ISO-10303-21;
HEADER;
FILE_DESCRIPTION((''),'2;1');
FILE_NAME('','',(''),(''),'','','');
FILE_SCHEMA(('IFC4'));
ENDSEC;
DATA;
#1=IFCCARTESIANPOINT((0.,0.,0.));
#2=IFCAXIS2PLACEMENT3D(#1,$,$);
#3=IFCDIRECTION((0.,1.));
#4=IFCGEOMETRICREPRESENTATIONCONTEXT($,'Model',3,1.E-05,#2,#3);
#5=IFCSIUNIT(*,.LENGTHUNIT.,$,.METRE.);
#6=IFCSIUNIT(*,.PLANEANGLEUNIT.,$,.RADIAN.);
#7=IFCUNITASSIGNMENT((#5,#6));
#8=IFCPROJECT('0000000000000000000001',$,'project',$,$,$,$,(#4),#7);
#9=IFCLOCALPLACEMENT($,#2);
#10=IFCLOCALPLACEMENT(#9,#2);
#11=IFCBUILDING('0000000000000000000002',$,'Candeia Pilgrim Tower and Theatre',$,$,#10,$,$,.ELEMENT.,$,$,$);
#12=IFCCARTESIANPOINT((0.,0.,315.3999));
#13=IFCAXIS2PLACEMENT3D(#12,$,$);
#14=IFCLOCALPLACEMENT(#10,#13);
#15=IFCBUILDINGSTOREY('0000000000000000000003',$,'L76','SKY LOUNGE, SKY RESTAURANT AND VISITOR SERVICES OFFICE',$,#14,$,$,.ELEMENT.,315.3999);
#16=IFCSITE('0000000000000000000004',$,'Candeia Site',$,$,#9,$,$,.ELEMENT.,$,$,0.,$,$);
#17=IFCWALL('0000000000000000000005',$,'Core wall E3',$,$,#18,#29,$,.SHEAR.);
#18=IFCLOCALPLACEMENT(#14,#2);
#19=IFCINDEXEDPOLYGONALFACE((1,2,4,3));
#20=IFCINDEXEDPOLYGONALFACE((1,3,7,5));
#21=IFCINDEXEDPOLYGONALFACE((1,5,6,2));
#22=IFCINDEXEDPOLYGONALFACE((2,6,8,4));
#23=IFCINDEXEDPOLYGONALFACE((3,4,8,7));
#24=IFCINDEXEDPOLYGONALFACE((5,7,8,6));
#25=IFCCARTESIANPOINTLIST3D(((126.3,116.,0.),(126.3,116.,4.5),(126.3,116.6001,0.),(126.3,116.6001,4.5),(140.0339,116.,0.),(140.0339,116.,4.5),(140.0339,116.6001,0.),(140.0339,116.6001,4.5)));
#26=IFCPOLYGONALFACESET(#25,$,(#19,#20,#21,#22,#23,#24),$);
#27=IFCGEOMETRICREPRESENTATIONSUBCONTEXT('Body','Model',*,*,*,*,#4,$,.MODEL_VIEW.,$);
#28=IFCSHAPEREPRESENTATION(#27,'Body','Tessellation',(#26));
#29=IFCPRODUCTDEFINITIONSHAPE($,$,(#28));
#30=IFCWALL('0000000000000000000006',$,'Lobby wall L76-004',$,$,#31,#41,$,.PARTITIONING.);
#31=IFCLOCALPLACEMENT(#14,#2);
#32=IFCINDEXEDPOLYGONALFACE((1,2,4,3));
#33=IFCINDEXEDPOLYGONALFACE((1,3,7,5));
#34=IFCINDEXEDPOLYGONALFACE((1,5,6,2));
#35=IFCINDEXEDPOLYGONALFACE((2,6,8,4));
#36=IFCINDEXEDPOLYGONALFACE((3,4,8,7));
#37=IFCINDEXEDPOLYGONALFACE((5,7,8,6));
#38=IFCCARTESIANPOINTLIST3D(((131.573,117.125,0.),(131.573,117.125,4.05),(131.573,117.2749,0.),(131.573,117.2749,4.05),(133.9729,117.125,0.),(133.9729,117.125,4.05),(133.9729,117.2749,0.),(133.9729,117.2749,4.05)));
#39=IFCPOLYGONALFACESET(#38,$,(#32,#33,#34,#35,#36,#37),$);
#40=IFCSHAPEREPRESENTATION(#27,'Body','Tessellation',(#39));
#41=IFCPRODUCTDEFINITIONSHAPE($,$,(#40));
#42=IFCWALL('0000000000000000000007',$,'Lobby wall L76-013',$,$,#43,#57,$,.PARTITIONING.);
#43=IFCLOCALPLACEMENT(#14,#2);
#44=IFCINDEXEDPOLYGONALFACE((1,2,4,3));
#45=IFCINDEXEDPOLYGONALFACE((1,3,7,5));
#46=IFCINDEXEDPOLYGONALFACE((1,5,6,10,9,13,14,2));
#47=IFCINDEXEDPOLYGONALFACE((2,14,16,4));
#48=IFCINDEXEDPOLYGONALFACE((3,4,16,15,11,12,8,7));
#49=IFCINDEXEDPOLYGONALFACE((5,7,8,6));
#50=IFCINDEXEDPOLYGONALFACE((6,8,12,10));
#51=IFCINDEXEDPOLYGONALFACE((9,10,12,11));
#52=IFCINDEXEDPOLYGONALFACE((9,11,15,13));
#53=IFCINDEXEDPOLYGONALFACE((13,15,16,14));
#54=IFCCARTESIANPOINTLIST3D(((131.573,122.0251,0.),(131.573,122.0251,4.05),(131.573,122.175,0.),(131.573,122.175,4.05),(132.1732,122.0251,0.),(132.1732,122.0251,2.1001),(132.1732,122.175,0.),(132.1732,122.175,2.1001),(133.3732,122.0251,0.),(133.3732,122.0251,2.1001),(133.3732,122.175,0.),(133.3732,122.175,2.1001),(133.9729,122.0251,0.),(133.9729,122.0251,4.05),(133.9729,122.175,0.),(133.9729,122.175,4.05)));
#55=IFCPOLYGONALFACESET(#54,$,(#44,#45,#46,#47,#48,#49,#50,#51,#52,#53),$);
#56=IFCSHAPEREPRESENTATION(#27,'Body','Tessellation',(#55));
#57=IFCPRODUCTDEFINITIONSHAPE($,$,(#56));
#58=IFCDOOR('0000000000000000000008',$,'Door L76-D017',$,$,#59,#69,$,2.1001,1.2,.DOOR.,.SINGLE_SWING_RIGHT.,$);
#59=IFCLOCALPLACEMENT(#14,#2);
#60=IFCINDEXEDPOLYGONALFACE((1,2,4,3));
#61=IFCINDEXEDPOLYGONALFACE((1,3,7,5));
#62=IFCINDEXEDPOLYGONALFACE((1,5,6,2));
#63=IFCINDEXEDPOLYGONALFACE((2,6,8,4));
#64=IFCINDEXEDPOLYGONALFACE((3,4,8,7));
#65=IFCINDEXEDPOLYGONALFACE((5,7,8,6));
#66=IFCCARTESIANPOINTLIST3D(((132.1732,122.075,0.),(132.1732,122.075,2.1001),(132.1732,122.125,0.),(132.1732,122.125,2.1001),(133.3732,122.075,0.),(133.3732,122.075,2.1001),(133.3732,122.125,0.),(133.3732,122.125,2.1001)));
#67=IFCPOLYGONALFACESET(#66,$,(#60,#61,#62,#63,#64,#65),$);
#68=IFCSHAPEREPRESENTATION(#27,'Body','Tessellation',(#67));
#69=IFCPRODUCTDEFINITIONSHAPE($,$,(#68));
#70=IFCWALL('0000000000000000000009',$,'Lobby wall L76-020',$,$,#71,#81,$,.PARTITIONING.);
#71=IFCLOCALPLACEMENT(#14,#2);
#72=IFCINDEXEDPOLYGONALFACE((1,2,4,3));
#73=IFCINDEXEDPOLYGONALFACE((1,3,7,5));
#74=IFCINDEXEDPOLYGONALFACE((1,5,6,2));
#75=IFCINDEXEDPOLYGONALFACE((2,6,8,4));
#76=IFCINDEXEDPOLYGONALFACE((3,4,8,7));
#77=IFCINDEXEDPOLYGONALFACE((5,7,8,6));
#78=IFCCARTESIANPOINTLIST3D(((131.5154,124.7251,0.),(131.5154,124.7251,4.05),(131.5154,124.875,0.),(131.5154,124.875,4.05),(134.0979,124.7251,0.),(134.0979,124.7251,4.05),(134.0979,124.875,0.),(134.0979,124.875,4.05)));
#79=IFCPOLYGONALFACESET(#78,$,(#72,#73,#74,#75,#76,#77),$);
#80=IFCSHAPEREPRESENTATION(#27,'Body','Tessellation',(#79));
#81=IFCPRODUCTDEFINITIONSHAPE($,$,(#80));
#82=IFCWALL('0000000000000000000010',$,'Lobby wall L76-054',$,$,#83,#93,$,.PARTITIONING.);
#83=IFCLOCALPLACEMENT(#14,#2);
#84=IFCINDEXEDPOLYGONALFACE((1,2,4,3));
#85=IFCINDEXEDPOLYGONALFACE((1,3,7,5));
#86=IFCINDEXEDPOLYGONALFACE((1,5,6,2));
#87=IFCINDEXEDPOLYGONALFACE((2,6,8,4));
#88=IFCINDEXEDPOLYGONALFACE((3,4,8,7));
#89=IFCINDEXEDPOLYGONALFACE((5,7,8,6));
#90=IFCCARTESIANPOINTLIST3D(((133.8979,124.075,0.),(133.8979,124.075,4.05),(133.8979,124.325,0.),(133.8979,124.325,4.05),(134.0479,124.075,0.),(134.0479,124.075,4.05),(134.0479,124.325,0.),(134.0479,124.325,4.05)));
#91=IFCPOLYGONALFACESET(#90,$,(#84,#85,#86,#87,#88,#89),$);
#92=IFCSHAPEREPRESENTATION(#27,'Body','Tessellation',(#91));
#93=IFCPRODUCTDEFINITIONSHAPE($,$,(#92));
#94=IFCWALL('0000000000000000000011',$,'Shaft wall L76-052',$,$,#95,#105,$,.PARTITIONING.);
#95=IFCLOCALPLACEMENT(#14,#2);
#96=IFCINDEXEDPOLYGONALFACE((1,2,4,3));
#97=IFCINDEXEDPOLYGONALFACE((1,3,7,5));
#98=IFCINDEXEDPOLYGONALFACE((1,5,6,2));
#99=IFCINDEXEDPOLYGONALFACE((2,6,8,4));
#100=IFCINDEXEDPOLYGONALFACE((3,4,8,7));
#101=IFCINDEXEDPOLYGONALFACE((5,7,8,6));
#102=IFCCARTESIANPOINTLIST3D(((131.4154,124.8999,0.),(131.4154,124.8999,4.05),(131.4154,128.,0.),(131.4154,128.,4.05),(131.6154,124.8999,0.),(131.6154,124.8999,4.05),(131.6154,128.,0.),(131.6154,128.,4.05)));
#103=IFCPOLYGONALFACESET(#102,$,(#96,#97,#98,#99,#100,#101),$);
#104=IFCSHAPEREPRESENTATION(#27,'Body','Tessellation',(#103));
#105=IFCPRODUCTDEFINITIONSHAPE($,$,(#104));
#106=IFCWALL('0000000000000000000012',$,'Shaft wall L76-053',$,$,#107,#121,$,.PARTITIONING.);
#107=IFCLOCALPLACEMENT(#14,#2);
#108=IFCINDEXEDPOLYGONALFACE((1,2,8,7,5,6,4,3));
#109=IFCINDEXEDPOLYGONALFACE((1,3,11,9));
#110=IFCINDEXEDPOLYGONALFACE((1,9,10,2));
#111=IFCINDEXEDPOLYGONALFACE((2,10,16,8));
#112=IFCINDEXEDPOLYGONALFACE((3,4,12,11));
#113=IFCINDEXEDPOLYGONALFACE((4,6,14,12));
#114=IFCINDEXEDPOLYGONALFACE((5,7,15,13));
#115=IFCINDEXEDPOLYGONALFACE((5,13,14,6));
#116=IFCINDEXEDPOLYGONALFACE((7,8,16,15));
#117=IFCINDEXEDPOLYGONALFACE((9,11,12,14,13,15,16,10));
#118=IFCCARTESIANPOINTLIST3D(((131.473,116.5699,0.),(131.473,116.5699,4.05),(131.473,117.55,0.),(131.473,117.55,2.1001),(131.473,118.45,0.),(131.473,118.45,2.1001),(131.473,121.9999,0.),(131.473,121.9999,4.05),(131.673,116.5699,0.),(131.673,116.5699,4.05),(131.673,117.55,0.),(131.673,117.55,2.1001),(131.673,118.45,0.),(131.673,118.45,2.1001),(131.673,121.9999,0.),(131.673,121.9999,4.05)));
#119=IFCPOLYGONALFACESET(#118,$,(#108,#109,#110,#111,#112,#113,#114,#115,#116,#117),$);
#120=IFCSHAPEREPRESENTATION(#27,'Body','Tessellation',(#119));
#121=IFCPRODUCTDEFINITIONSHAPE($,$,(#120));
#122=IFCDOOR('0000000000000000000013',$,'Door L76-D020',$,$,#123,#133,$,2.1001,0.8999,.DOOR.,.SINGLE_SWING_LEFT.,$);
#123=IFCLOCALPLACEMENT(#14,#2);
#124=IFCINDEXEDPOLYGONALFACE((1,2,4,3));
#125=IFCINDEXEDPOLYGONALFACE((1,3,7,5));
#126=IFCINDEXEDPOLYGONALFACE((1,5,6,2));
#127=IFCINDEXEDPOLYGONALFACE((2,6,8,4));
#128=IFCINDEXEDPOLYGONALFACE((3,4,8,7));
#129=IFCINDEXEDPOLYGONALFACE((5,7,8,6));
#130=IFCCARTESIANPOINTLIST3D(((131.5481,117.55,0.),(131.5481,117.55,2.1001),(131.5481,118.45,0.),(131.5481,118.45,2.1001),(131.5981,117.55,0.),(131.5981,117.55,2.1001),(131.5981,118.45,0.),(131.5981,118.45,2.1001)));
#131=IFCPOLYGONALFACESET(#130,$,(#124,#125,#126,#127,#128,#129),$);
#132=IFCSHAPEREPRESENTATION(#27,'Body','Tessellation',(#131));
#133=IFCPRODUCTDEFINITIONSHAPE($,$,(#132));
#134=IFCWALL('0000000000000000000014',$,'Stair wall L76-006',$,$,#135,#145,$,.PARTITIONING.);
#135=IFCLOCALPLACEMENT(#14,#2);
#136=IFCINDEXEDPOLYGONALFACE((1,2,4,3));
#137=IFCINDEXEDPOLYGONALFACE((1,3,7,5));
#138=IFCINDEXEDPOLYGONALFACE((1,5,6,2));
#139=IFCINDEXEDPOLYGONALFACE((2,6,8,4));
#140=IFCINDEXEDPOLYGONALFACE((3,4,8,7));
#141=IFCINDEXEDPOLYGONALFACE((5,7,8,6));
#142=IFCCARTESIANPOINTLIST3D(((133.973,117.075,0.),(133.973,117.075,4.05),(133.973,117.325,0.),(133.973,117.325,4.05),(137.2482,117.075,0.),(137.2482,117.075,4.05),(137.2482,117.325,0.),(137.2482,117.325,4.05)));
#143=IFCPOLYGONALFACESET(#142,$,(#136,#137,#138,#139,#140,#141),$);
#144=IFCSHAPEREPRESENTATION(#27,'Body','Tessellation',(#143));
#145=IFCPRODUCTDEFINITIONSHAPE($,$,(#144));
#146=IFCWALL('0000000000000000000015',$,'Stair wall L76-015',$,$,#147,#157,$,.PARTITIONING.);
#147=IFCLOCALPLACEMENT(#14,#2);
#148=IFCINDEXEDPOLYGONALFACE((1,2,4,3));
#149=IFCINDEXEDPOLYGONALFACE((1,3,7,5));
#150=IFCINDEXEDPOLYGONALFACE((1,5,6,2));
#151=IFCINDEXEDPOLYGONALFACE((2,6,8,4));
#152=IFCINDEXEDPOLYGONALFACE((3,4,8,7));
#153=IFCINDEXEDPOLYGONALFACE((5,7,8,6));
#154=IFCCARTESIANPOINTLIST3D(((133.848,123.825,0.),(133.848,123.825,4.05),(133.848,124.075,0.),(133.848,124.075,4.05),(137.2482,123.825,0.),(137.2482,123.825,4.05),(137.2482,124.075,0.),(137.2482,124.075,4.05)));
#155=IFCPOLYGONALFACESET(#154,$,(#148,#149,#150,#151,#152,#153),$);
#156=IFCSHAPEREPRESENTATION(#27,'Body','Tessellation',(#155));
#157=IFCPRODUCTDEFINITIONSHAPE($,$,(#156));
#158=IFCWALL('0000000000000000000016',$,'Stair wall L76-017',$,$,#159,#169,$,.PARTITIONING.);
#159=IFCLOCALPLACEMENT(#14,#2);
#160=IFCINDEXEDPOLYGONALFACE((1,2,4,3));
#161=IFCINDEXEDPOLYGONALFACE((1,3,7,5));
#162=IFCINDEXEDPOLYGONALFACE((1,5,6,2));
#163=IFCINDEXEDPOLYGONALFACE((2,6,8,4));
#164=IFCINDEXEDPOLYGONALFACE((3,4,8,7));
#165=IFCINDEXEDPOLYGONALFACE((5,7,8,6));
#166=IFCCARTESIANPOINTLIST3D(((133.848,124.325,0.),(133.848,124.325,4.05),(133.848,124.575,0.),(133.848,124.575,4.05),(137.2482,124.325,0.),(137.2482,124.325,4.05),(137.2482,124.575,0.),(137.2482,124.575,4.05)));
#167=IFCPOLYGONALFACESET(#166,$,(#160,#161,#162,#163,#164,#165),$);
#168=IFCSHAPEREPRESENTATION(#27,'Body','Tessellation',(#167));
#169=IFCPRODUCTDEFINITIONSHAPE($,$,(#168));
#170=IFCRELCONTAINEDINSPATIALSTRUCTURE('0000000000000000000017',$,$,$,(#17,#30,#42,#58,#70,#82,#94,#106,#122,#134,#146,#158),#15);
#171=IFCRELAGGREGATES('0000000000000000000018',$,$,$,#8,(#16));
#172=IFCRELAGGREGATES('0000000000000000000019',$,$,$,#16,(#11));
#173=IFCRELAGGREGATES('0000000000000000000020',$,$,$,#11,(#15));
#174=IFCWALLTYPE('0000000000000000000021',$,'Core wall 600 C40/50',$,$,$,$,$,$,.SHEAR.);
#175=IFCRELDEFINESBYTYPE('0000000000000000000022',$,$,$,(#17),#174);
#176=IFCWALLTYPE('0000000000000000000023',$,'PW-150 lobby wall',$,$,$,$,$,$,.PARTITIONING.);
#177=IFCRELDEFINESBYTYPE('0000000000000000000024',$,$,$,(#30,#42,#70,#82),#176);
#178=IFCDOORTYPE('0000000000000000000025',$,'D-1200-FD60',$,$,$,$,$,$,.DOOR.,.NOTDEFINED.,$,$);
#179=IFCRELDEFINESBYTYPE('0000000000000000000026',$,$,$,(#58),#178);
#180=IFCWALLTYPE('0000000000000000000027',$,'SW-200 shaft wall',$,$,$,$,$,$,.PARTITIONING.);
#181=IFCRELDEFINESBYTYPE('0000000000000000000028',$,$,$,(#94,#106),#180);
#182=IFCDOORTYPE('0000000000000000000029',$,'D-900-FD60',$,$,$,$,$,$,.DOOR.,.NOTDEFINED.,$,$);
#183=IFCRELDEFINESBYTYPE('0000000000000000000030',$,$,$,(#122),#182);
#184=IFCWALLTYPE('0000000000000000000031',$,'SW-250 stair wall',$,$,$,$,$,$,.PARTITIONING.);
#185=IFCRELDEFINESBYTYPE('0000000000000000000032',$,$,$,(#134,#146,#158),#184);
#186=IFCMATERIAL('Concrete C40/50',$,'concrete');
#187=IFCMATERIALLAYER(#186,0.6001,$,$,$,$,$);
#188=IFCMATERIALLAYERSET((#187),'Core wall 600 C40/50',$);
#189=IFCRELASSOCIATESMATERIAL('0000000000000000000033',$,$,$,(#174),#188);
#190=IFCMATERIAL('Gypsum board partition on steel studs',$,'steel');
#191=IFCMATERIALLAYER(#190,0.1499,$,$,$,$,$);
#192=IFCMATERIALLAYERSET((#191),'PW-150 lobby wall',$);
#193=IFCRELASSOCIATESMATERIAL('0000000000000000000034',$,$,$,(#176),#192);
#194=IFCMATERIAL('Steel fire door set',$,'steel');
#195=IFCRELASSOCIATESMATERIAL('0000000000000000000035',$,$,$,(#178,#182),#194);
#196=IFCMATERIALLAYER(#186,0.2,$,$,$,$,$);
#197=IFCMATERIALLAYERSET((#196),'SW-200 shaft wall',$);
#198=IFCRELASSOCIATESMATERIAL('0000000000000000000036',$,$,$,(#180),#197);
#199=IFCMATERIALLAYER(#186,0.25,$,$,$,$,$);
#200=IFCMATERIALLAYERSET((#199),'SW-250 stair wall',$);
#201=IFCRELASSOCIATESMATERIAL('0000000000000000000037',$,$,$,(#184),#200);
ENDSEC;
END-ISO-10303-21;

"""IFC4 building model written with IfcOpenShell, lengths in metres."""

from ifc_helpers import new_model, si_unit, direction, frame, frame_2d, origin, place, context, subcontext, project, spatial, rectangle, extrude, material, layer, layer_set, type_object, element, fill, save


model = new_model("IFC4")

# Units and contexts
model_context = context("Model", 3, precision=1e-05, world=origin(), true_north=direction((0.0, 1.0)))
body_context = subcontext(model_context, "Body", "Model", "MODEL_VIEW")
ifc_project = project(units=[si_unit("LENGTHUNIT", "METRE"), si_unit("PLANEANGLEUNIT", "RADIAN")], contexts=[model_context])

# Site, building, storey
site_placement = place(None, origin())
site = spatial("IfcSite", under=ifc_project, at=site_placement, Name="Candeia Site", CompositionType="ELEMENT", RefElevation=0.0)
building_placement = place(site_placement, origin())
building = spatial("IfcBuilding", under=site, at=building_placement, Name="Candeia Pilgrim Tower and Theatre", CompositionType="ELEMENT")
storey_placement = place(building_placement, frame((0.0, 0.0, 315.3999)))
storey = spatial("IfcBuildingStorey", under=building, at=storey_placement, Name="L76", Description="SKY LOUNGE, SKY RESTAURANT AND VISITOR SERVICES OFFICE", CompositionType="ELEMENT", Elevation=315.3999)

# Walls
ifc_material_1 = material(Name="Concrete C40/50", Category="concrete")
ifc_layer_1 = layer(ifc_material_1, 0.6001)
ifc_layer_set_1 = layer_set([ifc_layer_1], Name="Core wall 600 C40/50")
wall_type_1 = type_object("IfcWallType", Name="Core wall 600 C40/50", PredefinedType="SHEAR", material=ifc_layer_set_1)
wall_1_placement = place(storey_placement, frame((140.0339, 116.3, 0.0), z_axis=(0.0, 0.0, 1.0), x_axis=(-1.0, 0.0, 0.0)))
element("IfcWall", 1, at=wall_1_placement, inside=storey, type_object=wall_type_1, Name="Core wall E3", PredefinedType="SHEAR", context=body_context, shape_type="SweptSolid", body=[
    extrude(rectangle(XDim=13.7339, YDim=0.6001, at=frame_2d((6.8669, 0.0))), origin(), (0.0, 0.0, 1.0), 4.5),
])
ifc_material_2 = material(Name="Gypsum board partition on steel studs", Category="steel")
ifc_layer_2 = layer(ifc_material_2, 0.1499)
ifc_layer_set_2 = layer_set([ifc_layer_2], Name="PW-150 lobby wall")
wall_type_2 = type_object("IfcWallType", Name="PW-150 lobby wall", PredefinedType="PARTITIONING", material=ifc_layer_set_2)
wall_2_placement = place(storey_placement, frame((131.573, 117.2, 0.0), z_axis=(0.0, 0.0, 1.0), x_axis=(1.0, 0.0, 0.0)))
element("IfcWall", 2, at=wall_2_placement, inside=storey, type_object=wall_type_2, Name="Lobby wall L76-004", PredefinedType="PARTITIONING", context=body_context, shape_type="SweptSolid", body=[
    extrude(rectangle(XDim=2.3999, YDim=0.1499, at=frame_2d((1.2, 0.0))), origin(), (0.0, 0.0, 1.0), 4.05),
])

# Wall, opening, door
wall_3_placement = place(storey_placement, frame((131.573, 122.1001, 0.0), z_axis=(0.0, 0.0, 1.0), x_axis=(1.0, 0.0, 0.0)))
wall_3 = element("IfcWall", 3, at=wall_3_placement, inside=storey, type_object=wall_type_2, Name="Lobby wall L76-013", PredefinedType="PARTITIONING", context=body_context, shape_type="SweptSolid", body=[
    extrude(rectangle(XDim=2.3999, YDim=0.1499, at=frame_2d((1.2, 0.0))), origin(), (0.0, 0.0, 1.0), 4.05),
])
opening_1_placement = place(wall_3_placement, frame((0.6001, 0.0, 0.0)))
opening_1 = element("IfcOpeningElement", 4, at=opening_1_placement, cuts=wall_3, PredefinedType="OPENING", context=body_context, shape_type="SweptSolid", body=[
    extrude(rectangle(XDim=1.2, YDim=2.1001, at=frame_2d((0.6001, 1.05))), frame((0.0, 0.085, 0.0), z_axis=(0.0, -1.0, 0.0), x_axis=(1.0, 0.0, 0.0)), (0.0, 0.0, 1.0), 0.1699),
])
ifc_material_3 = material(Name="Steel fire door set", Category="steel")
door_type_1 = type_object("IfcDoorType", Name="D-1200-FD60", OperationType="NOTDEFINED", PredefinedType="DOOR", material=ifc_material_3)
door_1_placement = place(opening_1_placement, origin())
door_1 = element("IfcDoor", 5, at=door_1_placement, inside=storey, type_object=door_type_1, Name="Door L76-D017", OperationType="SINGLE_SWING_RIGHT", OverallHeight=2.1001, OverallWidth=1.2, PredefinedType="DOOR", context=body_context, shape_type="SweptSolid", body=[
    extrude(rectangle(XDim=1.2, YDim=2.1001, at=frame_2d((0.6001, 1.05))), frame((0.0, 0.0249, 0.0), z_axis=(0.0, -1.0, 0.0), x_axis=(1.0, 0.0, 0.0)), (0.0, 0.0, 1.0), 0.05),
])
fill(opening_1, door_1)

# Walls
wall_4_placement = place(storey_placement, frame((131.5154, 124.8, 0.0), z_axis=(0.0, 0.0, 1.0), x_axis=(1.0, 0.0, 0.0)))
element("IfcWall", 6, at=wall_4_placement, inside=storey, type_object=wall_type_2, Name="Lobby wall L76-020", PredefinedType="PARTITIONING", context=body_context, shape_type="SweptSolid", body=[
    extrude(rectangle(XDim=2.5825, YDim=0.1499, at=frame_2d((1.2913, 0.0))), origin(), (0.0, 0.0, 1.0), 4.05),
])
wall_5_placement = place(storey_placement, frame((133.9729, 124.075, 0.0), z_axis=(0.0, 0.0, 1.0), x_axis=(0.0, 1.0, 0.0)))
element("IfcWall", 7, at=wall_5_placement, inside=storey, type_object=wall_type_2, Name="Lobby wall L76-054", PredefinedType="PARTITIONING", context=body_context, shape_type="SweptSolid", body=[
    extrude(rectangle(XDim=0.25, YDim=0.1499, at=frame_2d((0.125, 0.0))), origin(), (0.0, 0.0, 1.0), 4.05),
])
ifc_layer_3 = layer(ifc_material_1, 0.2)
ifc_layer_set_3 = layer_set([ifc_layer_3], Name="SW-200 shaft wall")
wall_type_3 = type_object("IfcWallType", Name="SW-200 shaft wall", PredefinedType="PARTITIONING", material=ifc_layer_set_3)
wall_6_placement = place(storey_placement, frame((131.5154, 124.8999, 0.0), z_axis=(0.0, 0.0, 1.0), x_axis=(0.0, 1.0, 0.0)))
element("IfcWall", 8, at=wall_6_placement, inside=storey, type_object=wall_type_3, Name="Shaft wall L76-052", PredefinedType="PARTITIONING", context=body_context, shape_type="SweptSolid", body=[
    extrude(rectangle(XDim=3.1001, YDim=0.2, at=frame_2d((1.55, 0.0))), origin(), (0.0, 0.0, 1.0), 4.05),
])

# Wall, opening, door
wall_7_placement = place(storey_placement, frame((131.573, 116.5701, 0.0), z_axis=(0.0, 0.0, 1.0), x_axis=(0.0, 1.0, 0.0)))
wall_7 = element("IfcWall", 9, at=wall_7_placement, inside=storey, type_object=wall_type_3, Name="Shaft wall L76-053", PredefinedType="PARTITIONING", context=body_context, shape_type="SweptSolid", body=[
    extrude(rectangle(XDim=5.4299, YDim=0.2, at=frame_2d((2.7148, 0.0))), origin(), (0.0, 0.0, 1.0), 4.05),
])
opening_2_placement = place(wall_7_placement, frame((0.98, 0.0, 0.0)))
opening_2 = element("IfcOpeningElement", 10, at=opening_2_placement, cuts=wall_7, PredefinedType="OPENING", context=body_context, shape_type="SweptSolid", body=[
    extrude(rectangle(XDim=0.8999, YDim=2.1001, at=frame_2d((0.45, 1.05))), frame((0.0, 0.1099, 0.0), z_axis=(0.0, -1.0, 0.0), x_axis=(1.0, 0.0, 0.0)), (0.0, 0.0, 1.0), 0.22),
])
door_type_2 = type_object("IfcDoorType", Name="D-900-FD60", OperationType="NOTDEFINED", PredefinedType="DOOR", material=ifc_material_3)
door_2_placement = place(opening_2_placement, origin())
door_2 = element("IfcDoor", 11, at=door_2_placement, inside=storey, type_object=door_type_2, Name="Door L76-D020", OperationType="SINGLE_SWING_LEFT", OverallHeight=2.1001, OverallWidth=0.8999, PredefinedType="DOOR", context=body_context, shape_type="SweptSolid", body=[
    extrude(rectangle(XDim=0.8999, YDim=2.1001, at=frame_2d((0.45, 1.05))), frame((0.0, 0.0249, 0.0), z_axis=(0.0, -1.0, 0.0), x_axis=(1.0, 0.0, 0.0)), (0.0, 0.0, 1.0), 0.05),
])
fill(opening_2, door_2)

# Walls
ifc_layer_4 = layer(ifc_material_1, 0.25)
ifc_layer_set_4 = layer_set([ifc_layer_4], Name="SW-250 stair wall")
wall_type_4 = type_object("IfcWallType", Name="SW-250 stair wall", PredefinedType="PARTITIONING", material=ifc_layer_set_4)
wall_8_placement = place(storey_placement, frame((133.9729, 117.2, 0.0), z_axis=(0.0, 0.0, 1.0), x_axis=(1.0, 0.0, 0.0)))
element("IfcWall", 12, at=wall_8_placement, inside=storey, type_object=wall_type_4, Name="Stair wall L76-006", PredefinedType="PARTITIONING", context=body_context, shape_type="SweptSolid", body=[
    extrude(rectangle(XDim=3.2751, YDim=0.25, at=frame_2d((1.6377, 0.0))), origin(), (0.0, 0.0, 1.0), 4.05),
])
for number, where, z_axis, x_axis, name in (
    (13, (133.8479, 123.95, 0.0), (0.0, 0.0, 1.0), (1.0, 0.0, 0.0), "Stair wall L76-015"),
    (14, (133.8479, 124.45, 0.0), (0.0, 0.0, 1.0), (1.0, 0.0, 0.0), "Stair wall L76-017"),
):
    element("IfcWall", number, at=place(storey_placement, frame(where, z_axis=z_axis, x_axis=x_axis)), inside=storey, type_object=wall_type_4, Name=name, PredefinedType="PARTITIONING", context=body_context, shape_type="SweptSolid", body=[
        extrude(rectangle(XDim=3.4001, YDim=0.25, at=frame_2d((1.7002, 0.0))), origin(), (0.0, 0.0, 1.0), 4.05),
    ])

save(model, "model.ifc")
